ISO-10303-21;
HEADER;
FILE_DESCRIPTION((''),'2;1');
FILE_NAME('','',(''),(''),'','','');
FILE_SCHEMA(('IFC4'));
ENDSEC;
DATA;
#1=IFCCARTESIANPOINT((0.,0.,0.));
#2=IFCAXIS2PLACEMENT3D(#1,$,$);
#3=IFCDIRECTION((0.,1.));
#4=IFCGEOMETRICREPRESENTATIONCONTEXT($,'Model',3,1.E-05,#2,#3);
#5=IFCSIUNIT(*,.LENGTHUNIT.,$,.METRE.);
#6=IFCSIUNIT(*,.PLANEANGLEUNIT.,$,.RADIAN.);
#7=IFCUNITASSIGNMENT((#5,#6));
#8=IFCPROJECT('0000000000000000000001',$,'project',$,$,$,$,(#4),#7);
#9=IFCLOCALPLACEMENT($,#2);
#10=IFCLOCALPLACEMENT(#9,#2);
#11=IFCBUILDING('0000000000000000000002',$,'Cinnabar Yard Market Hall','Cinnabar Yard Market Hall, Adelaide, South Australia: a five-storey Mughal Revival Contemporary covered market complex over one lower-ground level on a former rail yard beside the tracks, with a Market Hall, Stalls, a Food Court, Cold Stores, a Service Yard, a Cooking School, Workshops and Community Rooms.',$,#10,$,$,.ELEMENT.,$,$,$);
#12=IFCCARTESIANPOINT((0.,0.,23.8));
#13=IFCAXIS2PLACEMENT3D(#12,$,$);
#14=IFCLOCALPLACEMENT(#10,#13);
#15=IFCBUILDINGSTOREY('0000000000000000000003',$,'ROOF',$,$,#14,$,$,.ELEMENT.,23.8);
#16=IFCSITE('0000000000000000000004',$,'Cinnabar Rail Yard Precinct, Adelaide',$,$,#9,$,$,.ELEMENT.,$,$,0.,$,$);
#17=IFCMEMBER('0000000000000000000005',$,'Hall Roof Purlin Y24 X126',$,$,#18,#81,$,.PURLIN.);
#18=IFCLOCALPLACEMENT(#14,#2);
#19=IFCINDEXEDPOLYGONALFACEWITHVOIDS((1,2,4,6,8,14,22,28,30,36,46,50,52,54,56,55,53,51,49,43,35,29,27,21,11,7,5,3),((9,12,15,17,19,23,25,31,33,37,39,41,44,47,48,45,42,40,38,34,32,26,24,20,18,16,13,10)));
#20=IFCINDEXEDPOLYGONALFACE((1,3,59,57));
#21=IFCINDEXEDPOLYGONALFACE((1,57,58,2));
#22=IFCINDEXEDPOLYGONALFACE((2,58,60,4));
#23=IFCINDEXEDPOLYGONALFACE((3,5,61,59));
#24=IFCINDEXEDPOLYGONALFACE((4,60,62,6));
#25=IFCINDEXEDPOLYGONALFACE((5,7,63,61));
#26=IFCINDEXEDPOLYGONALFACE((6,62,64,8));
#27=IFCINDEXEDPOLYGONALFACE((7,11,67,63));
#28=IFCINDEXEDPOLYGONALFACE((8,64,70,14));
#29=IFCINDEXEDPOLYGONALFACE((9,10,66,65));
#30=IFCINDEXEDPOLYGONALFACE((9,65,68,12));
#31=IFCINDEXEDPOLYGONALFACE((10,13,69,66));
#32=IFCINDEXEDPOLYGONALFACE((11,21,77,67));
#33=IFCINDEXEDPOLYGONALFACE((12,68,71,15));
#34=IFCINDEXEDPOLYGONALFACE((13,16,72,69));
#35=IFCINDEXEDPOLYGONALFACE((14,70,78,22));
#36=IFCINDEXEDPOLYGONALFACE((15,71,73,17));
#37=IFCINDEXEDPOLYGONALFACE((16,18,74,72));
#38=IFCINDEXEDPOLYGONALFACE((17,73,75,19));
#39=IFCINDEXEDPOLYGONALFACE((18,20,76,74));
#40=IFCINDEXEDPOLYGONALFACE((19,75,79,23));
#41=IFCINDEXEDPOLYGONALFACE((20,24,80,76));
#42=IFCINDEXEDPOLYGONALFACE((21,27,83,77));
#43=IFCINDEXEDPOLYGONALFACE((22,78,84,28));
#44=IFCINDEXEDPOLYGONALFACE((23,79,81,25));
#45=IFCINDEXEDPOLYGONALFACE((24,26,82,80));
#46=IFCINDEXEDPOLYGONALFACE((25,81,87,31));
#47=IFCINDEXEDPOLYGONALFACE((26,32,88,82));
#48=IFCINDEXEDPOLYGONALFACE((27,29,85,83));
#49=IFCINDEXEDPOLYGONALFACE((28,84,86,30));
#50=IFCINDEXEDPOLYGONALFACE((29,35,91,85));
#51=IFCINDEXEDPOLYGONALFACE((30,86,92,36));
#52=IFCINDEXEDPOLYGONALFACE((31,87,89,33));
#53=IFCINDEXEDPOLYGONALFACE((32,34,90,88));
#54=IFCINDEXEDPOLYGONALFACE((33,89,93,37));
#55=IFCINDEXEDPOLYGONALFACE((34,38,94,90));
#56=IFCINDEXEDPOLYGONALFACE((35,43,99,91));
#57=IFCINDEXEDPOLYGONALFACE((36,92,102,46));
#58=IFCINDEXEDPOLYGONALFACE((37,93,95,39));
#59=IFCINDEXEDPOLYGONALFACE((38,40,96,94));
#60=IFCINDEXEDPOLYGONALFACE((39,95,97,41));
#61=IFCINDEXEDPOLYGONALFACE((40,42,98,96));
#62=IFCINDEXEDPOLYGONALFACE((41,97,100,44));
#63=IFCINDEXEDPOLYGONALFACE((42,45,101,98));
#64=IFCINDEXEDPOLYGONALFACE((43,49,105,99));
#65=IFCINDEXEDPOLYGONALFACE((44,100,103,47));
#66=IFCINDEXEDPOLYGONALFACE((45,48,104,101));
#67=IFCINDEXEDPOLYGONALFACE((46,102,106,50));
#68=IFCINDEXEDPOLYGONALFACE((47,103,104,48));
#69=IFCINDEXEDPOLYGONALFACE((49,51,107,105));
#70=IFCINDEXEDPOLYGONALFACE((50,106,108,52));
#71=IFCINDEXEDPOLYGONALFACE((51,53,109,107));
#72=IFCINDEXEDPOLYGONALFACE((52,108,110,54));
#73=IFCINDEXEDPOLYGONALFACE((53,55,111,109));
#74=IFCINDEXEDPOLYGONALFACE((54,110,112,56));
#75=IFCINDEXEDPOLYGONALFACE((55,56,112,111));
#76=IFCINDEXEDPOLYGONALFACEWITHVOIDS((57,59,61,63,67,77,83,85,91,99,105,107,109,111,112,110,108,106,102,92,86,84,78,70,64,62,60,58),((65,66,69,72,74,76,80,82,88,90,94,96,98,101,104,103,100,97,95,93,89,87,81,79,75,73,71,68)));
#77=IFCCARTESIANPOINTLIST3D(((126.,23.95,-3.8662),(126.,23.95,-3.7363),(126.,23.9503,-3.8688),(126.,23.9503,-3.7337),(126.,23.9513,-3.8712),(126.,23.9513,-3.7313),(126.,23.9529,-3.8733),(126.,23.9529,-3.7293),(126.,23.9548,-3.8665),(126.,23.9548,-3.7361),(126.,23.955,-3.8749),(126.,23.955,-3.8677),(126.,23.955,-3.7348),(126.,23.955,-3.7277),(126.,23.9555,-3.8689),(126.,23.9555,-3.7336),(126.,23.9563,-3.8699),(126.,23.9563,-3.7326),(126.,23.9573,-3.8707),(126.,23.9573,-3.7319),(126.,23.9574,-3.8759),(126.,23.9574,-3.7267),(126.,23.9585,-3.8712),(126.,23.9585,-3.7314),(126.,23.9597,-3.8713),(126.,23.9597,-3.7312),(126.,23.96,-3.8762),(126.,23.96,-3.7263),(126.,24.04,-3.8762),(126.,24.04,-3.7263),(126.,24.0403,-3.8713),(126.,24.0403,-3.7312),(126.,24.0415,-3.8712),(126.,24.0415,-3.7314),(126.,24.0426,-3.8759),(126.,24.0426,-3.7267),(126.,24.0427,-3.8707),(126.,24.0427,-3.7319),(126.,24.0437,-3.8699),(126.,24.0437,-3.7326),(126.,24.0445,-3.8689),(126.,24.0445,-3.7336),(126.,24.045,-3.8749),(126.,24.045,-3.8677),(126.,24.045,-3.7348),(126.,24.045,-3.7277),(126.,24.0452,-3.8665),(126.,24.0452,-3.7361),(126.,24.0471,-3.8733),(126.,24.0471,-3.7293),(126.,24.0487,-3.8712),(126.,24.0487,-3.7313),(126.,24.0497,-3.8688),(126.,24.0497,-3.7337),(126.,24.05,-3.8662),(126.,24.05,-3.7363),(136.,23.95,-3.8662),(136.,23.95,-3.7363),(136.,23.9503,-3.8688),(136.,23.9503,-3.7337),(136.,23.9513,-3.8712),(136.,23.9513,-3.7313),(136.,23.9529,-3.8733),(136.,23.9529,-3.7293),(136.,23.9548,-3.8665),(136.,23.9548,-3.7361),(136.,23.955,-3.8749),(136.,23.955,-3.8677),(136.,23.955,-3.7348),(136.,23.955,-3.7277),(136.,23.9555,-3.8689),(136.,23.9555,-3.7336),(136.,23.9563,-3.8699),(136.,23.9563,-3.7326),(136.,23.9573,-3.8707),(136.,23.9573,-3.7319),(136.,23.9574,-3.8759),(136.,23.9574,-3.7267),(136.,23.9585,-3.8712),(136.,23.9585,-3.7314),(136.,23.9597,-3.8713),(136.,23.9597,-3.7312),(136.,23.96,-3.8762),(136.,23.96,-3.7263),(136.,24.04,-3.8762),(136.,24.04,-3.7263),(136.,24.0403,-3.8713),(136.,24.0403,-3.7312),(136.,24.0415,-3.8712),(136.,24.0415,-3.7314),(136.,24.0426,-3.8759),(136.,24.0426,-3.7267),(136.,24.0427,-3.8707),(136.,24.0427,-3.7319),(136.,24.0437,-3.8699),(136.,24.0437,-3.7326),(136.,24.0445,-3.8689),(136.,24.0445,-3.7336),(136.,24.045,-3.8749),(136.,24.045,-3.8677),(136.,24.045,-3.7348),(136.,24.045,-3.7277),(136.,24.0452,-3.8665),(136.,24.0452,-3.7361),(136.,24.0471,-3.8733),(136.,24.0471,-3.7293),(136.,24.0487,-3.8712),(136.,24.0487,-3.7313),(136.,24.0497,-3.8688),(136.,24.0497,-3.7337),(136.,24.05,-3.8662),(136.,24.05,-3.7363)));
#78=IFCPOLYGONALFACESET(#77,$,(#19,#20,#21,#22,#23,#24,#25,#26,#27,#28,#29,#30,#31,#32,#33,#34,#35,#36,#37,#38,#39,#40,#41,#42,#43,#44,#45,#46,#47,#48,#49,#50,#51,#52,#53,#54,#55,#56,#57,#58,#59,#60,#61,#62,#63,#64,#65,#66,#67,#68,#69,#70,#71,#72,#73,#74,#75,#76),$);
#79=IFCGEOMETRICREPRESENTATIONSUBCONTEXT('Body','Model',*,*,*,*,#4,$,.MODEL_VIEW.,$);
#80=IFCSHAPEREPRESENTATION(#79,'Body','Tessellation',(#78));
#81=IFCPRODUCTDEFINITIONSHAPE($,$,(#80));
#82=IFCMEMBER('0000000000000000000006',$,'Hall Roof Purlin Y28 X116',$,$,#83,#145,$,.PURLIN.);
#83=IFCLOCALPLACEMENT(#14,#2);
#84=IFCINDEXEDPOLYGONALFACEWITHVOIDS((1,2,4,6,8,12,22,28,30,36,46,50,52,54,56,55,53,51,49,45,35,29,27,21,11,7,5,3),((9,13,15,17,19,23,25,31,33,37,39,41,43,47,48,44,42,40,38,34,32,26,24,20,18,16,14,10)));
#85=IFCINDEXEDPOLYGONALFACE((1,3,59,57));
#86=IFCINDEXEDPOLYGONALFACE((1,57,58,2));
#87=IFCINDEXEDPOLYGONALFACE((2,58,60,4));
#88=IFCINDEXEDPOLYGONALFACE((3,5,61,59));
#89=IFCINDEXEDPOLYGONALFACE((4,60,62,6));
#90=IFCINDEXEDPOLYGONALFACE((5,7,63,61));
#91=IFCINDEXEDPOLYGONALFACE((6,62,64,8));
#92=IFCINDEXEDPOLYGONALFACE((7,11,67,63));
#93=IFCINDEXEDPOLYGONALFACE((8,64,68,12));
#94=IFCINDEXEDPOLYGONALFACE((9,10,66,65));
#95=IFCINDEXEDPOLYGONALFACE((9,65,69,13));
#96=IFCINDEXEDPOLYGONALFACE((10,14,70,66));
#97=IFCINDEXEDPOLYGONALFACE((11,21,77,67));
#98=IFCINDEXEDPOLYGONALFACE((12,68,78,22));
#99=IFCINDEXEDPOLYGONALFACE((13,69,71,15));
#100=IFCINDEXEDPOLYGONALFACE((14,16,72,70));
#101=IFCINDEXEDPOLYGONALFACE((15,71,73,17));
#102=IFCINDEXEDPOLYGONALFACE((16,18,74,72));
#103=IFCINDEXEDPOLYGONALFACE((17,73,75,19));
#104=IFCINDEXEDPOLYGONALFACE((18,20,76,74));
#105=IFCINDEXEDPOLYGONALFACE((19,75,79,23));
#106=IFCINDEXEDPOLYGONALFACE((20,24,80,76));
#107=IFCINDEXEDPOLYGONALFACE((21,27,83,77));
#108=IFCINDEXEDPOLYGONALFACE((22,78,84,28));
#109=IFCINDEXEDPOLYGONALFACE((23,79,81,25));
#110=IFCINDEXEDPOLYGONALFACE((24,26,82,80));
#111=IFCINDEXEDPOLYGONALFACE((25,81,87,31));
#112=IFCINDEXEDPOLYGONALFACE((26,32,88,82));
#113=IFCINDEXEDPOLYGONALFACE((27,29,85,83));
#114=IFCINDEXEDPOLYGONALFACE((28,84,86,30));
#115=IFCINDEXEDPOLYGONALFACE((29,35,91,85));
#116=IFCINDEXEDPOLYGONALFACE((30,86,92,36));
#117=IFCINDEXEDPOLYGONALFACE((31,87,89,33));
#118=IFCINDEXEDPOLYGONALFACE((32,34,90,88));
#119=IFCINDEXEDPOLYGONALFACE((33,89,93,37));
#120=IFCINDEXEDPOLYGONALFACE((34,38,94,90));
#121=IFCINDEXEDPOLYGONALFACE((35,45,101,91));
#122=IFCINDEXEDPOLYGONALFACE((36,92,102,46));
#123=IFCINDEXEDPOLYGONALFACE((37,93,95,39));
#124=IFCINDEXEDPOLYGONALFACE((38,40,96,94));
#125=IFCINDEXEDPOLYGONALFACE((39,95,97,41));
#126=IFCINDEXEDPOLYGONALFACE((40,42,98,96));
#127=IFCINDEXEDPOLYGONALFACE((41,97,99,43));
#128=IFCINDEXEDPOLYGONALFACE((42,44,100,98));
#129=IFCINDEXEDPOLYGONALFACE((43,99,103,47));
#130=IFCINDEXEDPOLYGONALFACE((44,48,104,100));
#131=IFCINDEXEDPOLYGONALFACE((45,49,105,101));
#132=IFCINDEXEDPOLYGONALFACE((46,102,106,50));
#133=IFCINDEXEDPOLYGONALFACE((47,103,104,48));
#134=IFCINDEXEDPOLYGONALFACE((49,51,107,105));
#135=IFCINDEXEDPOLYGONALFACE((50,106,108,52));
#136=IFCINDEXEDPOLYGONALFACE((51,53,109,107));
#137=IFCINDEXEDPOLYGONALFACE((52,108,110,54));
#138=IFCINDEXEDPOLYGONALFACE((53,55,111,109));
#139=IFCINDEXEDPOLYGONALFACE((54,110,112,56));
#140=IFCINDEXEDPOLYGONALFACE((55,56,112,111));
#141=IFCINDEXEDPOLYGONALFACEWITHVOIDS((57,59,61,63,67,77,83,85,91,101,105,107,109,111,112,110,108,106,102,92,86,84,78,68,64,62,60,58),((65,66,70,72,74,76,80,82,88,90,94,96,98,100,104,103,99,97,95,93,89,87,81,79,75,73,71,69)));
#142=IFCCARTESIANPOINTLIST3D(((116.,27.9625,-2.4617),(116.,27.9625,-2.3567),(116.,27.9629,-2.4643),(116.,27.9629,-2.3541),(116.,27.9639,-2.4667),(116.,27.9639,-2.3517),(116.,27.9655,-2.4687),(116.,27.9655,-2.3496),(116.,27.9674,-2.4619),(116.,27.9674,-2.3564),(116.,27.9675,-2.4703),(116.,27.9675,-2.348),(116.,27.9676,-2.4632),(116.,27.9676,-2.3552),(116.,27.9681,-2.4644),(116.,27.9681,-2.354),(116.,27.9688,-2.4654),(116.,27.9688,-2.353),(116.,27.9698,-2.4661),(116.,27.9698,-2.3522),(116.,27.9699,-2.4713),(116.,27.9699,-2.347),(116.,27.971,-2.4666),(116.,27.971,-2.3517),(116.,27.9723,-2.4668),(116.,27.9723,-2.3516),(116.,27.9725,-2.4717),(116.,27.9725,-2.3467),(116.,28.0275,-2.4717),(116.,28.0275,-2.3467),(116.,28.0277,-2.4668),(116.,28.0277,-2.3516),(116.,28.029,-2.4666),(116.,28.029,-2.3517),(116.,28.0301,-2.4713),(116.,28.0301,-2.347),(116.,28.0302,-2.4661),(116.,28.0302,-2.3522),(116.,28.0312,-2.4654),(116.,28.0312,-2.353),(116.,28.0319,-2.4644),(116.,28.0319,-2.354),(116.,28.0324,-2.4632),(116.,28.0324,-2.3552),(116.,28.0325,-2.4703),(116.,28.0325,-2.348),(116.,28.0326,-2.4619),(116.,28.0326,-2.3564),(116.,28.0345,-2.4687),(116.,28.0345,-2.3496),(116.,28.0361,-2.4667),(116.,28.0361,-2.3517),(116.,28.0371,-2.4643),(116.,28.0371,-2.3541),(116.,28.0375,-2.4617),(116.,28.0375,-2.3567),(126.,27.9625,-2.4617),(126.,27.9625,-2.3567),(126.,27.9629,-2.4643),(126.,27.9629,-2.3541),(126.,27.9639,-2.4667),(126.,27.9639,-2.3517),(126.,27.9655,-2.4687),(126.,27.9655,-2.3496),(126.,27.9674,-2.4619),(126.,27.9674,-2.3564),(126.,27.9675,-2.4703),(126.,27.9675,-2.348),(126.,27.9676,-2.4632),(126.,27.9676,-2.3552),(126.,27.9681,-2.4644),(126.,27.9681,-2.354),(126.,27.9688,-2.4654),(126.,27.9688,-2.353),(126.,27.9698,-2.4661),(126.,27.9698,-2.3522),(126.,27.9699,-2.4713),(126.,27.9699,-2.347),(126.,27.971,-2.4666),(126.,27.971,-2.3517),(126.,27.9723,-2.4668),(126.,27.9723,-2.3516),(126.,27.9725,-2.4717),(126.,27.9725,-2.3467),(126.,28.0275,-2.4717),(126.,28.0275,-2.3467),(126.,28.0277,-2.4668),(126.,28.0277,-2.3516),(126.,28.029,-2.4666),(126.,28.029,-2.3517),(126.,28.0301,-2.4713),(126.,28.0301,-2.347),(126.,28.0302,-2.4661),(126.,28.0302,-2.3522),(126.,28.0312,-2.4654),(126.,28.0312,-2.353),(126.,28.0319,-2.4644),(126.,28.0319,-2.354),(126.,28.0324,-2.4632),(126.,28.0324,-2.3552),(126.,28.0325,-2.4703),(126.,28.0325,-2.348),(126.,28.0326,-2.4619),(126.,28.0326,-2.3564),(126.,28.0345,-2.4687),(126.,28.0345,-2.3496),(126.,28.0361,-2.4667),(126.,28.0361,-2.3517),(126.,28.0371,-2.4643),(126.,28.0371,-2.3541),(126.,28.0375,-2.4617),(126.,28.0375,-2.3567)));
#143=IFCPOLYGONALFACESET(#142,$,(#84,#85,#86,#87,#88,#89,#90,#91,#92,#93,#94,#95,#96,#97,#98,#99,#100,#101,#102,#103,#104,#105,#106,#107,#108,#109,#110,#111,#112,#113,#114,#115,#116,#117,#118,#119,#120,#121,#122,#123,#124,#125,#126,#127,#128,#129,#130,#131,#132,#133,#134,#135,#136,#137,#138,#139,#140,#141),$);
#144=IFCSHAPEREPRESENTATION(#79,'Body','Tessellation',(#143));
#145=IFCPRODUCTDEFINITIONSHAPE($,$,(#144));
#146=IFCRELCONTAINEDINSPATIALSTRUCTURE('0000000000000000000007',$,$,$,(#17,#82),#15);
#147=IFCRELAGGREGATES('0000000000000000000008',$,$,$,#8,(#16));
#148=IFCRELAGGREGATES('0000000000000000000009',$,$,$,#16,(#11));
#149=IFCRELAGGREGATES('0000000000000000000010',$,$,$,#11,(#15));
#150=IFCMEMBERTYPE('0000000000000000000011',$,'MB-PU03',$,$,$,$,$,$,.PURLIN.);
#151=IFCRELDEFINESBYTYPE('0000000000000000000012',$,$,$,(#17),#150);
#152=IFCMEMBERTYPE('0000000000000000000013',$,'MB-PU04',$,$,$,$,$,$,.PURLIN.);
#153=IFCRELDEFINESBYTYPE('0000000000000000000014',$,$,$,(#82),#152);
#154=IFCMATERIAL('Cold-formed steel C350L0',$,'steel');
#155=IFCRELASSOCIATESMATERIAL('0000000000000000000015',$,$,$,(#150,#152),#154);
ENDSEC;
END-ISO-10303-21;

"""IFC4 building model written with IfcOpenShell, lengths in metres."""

from ifc_helpers import new_model, si_unit, direction, frame, origin, origin_2d_with_axis, place, context, subcontext, project, spatial, hollow_rectangle, extrude, material, material_profile, profile_set, type_object, element, save


model = new_model("IFC4")

# Units and contexts
model_context = context("Model", 3, precision=1e-05, world=origin(), true_north=direction((0.0, 1.0)))
body_context = subcontext(model_context, "Body", "Model", "MODEL_VIEW")
ifc_project = project(units=[si_unit("LENGTHUNIT", "METRE"), si_unit("PLANEANGLEUNIT", "RADIAN")], contexts=[model_context])

# Site, building, storey
site_placement = place(None, origin())
site = spatial("IfcSite", under=ifc_project, at=site_placement, Name="Cinnabar Rail Yard Precinct, Adelaide", CompositionType="ELEMENT", RefElevation=0.0)
building_placement = place(site_placement, origin())
building = spatial("IfcBuilding", under=site, at=building_placement, Name="Cinnabar Yard Market Hall", Description="Cinnabar Yard Market Hall, Adelaide, South Australia: a five-storey Mughal Revival Contemporary covered market complex over one lower-ground level on a former rail yard beside the tracks, with a Market Hall, Stalls, a Food Court, Cold Stores, a Service Yard, a Cooking School, Workshops and Community Rooms.", CompositionType="ELEMENT")
storey_placement = place(building_placement, frame((0.0, 0.0, 23.8)))
storey = spatial("IfcBuildingStorey", under=building, at=storey_placement, Name="ROOF", CompositionType="ELEMENT", Elevation=23.8)

# Members
ifc_material_1 = material(Name="Cold-formed steel C350L0", Category="steel")
ifc_material_profile_1 = material_profile(ifc_material_1, hollow_rectangle(XDim=0.1001, YDim=0.1499, WallThickness=0.0049, InnerFilletRadius=0.0049, OuterFilletRadius=0.01, at=origin_2d_with_axis()), Name="150x100x5.0RHS")
ifc_profile_set_1 = profile_set([ifc_material_profile_1], Name="Cold-formed steel C350L0")
member_type_1 = type_object("IfcMemberType", Name="MB-PU03", PredefinedType="PURLIN", material=ifc_profile_set_1)
for number, where, z_axis, x_axis, name in (
    (1, (126.0, 24.0, -3.8013), (1.0, 0.0, 0.0), (0.0, 1.0, 0.0), "Hall Roof Purlin Y24 X126"),
):
    element("IfcMember", number, at=place(storey_placement, frame(where, z_axis=z_axis, x_axis=x_axis)), inside=storey, type_object=member_type_1, Name=name, PredefinedType="PURLIN", context=body_context, shape_type="SweptSolid", body=[
        extrude(hollow_rectangle(XDim=0.1001, YDim=0.1499, WallThickness=0.0049, InnerFilletRadius=0.0049, OuterFilletRadius=0.01, at=origin_2d_with_axis()), origin(), (0.0, 0.0, 1.0), 10.0),
    ])
ifc_material_profile_2 = material_profile(ifc_material_1, hollow_rectangle(XDim=0.075, YDim=0.125, WallThickness=0.0049, InnerFilletRadius=0.0049, OuterFilletRadius=0.01, at=origin_2d_with_axis()), Name="125x75x5.0RHS")
ifc_profile_set_2 = profile_set([ifc_material_profile_2], Name="Cold-formed steel C350L0")
member_type_2 = type_object("IfcMemberType", Name="MB-PU04", PredefinedType="PURLIN", material=ifc_profile_set_2)
for number, where, z_axis, x_axis, name in (
    (2, (116.0, 28.0, -2.4092), (1.0, 0.0, 0.0), (0.0, 1.0, 0.0), "Hall Roof Purlin Y28 X116"),
):
    element("IfcMember", number, at=place(storey_placement, frame(where, z_axis=z_axis, x_axis=x_axis)), inside=storey, type_object=member_type_2, Name=name, PredefinedType="PURLIN", context=body_context, shape_type="SweptSolid", body=[
        extrude(hollow_rectangle(XDim=0.075, YDim=0.125, WallThickness=0.0049, InnerFilletRadius=0.0049, OuterFilletRadius=0.01, at=origin_2d_with_axis()), origin(), (0.0, 0.0, 1.0), 10.0),
    ])

save(model, "model.ifc")
